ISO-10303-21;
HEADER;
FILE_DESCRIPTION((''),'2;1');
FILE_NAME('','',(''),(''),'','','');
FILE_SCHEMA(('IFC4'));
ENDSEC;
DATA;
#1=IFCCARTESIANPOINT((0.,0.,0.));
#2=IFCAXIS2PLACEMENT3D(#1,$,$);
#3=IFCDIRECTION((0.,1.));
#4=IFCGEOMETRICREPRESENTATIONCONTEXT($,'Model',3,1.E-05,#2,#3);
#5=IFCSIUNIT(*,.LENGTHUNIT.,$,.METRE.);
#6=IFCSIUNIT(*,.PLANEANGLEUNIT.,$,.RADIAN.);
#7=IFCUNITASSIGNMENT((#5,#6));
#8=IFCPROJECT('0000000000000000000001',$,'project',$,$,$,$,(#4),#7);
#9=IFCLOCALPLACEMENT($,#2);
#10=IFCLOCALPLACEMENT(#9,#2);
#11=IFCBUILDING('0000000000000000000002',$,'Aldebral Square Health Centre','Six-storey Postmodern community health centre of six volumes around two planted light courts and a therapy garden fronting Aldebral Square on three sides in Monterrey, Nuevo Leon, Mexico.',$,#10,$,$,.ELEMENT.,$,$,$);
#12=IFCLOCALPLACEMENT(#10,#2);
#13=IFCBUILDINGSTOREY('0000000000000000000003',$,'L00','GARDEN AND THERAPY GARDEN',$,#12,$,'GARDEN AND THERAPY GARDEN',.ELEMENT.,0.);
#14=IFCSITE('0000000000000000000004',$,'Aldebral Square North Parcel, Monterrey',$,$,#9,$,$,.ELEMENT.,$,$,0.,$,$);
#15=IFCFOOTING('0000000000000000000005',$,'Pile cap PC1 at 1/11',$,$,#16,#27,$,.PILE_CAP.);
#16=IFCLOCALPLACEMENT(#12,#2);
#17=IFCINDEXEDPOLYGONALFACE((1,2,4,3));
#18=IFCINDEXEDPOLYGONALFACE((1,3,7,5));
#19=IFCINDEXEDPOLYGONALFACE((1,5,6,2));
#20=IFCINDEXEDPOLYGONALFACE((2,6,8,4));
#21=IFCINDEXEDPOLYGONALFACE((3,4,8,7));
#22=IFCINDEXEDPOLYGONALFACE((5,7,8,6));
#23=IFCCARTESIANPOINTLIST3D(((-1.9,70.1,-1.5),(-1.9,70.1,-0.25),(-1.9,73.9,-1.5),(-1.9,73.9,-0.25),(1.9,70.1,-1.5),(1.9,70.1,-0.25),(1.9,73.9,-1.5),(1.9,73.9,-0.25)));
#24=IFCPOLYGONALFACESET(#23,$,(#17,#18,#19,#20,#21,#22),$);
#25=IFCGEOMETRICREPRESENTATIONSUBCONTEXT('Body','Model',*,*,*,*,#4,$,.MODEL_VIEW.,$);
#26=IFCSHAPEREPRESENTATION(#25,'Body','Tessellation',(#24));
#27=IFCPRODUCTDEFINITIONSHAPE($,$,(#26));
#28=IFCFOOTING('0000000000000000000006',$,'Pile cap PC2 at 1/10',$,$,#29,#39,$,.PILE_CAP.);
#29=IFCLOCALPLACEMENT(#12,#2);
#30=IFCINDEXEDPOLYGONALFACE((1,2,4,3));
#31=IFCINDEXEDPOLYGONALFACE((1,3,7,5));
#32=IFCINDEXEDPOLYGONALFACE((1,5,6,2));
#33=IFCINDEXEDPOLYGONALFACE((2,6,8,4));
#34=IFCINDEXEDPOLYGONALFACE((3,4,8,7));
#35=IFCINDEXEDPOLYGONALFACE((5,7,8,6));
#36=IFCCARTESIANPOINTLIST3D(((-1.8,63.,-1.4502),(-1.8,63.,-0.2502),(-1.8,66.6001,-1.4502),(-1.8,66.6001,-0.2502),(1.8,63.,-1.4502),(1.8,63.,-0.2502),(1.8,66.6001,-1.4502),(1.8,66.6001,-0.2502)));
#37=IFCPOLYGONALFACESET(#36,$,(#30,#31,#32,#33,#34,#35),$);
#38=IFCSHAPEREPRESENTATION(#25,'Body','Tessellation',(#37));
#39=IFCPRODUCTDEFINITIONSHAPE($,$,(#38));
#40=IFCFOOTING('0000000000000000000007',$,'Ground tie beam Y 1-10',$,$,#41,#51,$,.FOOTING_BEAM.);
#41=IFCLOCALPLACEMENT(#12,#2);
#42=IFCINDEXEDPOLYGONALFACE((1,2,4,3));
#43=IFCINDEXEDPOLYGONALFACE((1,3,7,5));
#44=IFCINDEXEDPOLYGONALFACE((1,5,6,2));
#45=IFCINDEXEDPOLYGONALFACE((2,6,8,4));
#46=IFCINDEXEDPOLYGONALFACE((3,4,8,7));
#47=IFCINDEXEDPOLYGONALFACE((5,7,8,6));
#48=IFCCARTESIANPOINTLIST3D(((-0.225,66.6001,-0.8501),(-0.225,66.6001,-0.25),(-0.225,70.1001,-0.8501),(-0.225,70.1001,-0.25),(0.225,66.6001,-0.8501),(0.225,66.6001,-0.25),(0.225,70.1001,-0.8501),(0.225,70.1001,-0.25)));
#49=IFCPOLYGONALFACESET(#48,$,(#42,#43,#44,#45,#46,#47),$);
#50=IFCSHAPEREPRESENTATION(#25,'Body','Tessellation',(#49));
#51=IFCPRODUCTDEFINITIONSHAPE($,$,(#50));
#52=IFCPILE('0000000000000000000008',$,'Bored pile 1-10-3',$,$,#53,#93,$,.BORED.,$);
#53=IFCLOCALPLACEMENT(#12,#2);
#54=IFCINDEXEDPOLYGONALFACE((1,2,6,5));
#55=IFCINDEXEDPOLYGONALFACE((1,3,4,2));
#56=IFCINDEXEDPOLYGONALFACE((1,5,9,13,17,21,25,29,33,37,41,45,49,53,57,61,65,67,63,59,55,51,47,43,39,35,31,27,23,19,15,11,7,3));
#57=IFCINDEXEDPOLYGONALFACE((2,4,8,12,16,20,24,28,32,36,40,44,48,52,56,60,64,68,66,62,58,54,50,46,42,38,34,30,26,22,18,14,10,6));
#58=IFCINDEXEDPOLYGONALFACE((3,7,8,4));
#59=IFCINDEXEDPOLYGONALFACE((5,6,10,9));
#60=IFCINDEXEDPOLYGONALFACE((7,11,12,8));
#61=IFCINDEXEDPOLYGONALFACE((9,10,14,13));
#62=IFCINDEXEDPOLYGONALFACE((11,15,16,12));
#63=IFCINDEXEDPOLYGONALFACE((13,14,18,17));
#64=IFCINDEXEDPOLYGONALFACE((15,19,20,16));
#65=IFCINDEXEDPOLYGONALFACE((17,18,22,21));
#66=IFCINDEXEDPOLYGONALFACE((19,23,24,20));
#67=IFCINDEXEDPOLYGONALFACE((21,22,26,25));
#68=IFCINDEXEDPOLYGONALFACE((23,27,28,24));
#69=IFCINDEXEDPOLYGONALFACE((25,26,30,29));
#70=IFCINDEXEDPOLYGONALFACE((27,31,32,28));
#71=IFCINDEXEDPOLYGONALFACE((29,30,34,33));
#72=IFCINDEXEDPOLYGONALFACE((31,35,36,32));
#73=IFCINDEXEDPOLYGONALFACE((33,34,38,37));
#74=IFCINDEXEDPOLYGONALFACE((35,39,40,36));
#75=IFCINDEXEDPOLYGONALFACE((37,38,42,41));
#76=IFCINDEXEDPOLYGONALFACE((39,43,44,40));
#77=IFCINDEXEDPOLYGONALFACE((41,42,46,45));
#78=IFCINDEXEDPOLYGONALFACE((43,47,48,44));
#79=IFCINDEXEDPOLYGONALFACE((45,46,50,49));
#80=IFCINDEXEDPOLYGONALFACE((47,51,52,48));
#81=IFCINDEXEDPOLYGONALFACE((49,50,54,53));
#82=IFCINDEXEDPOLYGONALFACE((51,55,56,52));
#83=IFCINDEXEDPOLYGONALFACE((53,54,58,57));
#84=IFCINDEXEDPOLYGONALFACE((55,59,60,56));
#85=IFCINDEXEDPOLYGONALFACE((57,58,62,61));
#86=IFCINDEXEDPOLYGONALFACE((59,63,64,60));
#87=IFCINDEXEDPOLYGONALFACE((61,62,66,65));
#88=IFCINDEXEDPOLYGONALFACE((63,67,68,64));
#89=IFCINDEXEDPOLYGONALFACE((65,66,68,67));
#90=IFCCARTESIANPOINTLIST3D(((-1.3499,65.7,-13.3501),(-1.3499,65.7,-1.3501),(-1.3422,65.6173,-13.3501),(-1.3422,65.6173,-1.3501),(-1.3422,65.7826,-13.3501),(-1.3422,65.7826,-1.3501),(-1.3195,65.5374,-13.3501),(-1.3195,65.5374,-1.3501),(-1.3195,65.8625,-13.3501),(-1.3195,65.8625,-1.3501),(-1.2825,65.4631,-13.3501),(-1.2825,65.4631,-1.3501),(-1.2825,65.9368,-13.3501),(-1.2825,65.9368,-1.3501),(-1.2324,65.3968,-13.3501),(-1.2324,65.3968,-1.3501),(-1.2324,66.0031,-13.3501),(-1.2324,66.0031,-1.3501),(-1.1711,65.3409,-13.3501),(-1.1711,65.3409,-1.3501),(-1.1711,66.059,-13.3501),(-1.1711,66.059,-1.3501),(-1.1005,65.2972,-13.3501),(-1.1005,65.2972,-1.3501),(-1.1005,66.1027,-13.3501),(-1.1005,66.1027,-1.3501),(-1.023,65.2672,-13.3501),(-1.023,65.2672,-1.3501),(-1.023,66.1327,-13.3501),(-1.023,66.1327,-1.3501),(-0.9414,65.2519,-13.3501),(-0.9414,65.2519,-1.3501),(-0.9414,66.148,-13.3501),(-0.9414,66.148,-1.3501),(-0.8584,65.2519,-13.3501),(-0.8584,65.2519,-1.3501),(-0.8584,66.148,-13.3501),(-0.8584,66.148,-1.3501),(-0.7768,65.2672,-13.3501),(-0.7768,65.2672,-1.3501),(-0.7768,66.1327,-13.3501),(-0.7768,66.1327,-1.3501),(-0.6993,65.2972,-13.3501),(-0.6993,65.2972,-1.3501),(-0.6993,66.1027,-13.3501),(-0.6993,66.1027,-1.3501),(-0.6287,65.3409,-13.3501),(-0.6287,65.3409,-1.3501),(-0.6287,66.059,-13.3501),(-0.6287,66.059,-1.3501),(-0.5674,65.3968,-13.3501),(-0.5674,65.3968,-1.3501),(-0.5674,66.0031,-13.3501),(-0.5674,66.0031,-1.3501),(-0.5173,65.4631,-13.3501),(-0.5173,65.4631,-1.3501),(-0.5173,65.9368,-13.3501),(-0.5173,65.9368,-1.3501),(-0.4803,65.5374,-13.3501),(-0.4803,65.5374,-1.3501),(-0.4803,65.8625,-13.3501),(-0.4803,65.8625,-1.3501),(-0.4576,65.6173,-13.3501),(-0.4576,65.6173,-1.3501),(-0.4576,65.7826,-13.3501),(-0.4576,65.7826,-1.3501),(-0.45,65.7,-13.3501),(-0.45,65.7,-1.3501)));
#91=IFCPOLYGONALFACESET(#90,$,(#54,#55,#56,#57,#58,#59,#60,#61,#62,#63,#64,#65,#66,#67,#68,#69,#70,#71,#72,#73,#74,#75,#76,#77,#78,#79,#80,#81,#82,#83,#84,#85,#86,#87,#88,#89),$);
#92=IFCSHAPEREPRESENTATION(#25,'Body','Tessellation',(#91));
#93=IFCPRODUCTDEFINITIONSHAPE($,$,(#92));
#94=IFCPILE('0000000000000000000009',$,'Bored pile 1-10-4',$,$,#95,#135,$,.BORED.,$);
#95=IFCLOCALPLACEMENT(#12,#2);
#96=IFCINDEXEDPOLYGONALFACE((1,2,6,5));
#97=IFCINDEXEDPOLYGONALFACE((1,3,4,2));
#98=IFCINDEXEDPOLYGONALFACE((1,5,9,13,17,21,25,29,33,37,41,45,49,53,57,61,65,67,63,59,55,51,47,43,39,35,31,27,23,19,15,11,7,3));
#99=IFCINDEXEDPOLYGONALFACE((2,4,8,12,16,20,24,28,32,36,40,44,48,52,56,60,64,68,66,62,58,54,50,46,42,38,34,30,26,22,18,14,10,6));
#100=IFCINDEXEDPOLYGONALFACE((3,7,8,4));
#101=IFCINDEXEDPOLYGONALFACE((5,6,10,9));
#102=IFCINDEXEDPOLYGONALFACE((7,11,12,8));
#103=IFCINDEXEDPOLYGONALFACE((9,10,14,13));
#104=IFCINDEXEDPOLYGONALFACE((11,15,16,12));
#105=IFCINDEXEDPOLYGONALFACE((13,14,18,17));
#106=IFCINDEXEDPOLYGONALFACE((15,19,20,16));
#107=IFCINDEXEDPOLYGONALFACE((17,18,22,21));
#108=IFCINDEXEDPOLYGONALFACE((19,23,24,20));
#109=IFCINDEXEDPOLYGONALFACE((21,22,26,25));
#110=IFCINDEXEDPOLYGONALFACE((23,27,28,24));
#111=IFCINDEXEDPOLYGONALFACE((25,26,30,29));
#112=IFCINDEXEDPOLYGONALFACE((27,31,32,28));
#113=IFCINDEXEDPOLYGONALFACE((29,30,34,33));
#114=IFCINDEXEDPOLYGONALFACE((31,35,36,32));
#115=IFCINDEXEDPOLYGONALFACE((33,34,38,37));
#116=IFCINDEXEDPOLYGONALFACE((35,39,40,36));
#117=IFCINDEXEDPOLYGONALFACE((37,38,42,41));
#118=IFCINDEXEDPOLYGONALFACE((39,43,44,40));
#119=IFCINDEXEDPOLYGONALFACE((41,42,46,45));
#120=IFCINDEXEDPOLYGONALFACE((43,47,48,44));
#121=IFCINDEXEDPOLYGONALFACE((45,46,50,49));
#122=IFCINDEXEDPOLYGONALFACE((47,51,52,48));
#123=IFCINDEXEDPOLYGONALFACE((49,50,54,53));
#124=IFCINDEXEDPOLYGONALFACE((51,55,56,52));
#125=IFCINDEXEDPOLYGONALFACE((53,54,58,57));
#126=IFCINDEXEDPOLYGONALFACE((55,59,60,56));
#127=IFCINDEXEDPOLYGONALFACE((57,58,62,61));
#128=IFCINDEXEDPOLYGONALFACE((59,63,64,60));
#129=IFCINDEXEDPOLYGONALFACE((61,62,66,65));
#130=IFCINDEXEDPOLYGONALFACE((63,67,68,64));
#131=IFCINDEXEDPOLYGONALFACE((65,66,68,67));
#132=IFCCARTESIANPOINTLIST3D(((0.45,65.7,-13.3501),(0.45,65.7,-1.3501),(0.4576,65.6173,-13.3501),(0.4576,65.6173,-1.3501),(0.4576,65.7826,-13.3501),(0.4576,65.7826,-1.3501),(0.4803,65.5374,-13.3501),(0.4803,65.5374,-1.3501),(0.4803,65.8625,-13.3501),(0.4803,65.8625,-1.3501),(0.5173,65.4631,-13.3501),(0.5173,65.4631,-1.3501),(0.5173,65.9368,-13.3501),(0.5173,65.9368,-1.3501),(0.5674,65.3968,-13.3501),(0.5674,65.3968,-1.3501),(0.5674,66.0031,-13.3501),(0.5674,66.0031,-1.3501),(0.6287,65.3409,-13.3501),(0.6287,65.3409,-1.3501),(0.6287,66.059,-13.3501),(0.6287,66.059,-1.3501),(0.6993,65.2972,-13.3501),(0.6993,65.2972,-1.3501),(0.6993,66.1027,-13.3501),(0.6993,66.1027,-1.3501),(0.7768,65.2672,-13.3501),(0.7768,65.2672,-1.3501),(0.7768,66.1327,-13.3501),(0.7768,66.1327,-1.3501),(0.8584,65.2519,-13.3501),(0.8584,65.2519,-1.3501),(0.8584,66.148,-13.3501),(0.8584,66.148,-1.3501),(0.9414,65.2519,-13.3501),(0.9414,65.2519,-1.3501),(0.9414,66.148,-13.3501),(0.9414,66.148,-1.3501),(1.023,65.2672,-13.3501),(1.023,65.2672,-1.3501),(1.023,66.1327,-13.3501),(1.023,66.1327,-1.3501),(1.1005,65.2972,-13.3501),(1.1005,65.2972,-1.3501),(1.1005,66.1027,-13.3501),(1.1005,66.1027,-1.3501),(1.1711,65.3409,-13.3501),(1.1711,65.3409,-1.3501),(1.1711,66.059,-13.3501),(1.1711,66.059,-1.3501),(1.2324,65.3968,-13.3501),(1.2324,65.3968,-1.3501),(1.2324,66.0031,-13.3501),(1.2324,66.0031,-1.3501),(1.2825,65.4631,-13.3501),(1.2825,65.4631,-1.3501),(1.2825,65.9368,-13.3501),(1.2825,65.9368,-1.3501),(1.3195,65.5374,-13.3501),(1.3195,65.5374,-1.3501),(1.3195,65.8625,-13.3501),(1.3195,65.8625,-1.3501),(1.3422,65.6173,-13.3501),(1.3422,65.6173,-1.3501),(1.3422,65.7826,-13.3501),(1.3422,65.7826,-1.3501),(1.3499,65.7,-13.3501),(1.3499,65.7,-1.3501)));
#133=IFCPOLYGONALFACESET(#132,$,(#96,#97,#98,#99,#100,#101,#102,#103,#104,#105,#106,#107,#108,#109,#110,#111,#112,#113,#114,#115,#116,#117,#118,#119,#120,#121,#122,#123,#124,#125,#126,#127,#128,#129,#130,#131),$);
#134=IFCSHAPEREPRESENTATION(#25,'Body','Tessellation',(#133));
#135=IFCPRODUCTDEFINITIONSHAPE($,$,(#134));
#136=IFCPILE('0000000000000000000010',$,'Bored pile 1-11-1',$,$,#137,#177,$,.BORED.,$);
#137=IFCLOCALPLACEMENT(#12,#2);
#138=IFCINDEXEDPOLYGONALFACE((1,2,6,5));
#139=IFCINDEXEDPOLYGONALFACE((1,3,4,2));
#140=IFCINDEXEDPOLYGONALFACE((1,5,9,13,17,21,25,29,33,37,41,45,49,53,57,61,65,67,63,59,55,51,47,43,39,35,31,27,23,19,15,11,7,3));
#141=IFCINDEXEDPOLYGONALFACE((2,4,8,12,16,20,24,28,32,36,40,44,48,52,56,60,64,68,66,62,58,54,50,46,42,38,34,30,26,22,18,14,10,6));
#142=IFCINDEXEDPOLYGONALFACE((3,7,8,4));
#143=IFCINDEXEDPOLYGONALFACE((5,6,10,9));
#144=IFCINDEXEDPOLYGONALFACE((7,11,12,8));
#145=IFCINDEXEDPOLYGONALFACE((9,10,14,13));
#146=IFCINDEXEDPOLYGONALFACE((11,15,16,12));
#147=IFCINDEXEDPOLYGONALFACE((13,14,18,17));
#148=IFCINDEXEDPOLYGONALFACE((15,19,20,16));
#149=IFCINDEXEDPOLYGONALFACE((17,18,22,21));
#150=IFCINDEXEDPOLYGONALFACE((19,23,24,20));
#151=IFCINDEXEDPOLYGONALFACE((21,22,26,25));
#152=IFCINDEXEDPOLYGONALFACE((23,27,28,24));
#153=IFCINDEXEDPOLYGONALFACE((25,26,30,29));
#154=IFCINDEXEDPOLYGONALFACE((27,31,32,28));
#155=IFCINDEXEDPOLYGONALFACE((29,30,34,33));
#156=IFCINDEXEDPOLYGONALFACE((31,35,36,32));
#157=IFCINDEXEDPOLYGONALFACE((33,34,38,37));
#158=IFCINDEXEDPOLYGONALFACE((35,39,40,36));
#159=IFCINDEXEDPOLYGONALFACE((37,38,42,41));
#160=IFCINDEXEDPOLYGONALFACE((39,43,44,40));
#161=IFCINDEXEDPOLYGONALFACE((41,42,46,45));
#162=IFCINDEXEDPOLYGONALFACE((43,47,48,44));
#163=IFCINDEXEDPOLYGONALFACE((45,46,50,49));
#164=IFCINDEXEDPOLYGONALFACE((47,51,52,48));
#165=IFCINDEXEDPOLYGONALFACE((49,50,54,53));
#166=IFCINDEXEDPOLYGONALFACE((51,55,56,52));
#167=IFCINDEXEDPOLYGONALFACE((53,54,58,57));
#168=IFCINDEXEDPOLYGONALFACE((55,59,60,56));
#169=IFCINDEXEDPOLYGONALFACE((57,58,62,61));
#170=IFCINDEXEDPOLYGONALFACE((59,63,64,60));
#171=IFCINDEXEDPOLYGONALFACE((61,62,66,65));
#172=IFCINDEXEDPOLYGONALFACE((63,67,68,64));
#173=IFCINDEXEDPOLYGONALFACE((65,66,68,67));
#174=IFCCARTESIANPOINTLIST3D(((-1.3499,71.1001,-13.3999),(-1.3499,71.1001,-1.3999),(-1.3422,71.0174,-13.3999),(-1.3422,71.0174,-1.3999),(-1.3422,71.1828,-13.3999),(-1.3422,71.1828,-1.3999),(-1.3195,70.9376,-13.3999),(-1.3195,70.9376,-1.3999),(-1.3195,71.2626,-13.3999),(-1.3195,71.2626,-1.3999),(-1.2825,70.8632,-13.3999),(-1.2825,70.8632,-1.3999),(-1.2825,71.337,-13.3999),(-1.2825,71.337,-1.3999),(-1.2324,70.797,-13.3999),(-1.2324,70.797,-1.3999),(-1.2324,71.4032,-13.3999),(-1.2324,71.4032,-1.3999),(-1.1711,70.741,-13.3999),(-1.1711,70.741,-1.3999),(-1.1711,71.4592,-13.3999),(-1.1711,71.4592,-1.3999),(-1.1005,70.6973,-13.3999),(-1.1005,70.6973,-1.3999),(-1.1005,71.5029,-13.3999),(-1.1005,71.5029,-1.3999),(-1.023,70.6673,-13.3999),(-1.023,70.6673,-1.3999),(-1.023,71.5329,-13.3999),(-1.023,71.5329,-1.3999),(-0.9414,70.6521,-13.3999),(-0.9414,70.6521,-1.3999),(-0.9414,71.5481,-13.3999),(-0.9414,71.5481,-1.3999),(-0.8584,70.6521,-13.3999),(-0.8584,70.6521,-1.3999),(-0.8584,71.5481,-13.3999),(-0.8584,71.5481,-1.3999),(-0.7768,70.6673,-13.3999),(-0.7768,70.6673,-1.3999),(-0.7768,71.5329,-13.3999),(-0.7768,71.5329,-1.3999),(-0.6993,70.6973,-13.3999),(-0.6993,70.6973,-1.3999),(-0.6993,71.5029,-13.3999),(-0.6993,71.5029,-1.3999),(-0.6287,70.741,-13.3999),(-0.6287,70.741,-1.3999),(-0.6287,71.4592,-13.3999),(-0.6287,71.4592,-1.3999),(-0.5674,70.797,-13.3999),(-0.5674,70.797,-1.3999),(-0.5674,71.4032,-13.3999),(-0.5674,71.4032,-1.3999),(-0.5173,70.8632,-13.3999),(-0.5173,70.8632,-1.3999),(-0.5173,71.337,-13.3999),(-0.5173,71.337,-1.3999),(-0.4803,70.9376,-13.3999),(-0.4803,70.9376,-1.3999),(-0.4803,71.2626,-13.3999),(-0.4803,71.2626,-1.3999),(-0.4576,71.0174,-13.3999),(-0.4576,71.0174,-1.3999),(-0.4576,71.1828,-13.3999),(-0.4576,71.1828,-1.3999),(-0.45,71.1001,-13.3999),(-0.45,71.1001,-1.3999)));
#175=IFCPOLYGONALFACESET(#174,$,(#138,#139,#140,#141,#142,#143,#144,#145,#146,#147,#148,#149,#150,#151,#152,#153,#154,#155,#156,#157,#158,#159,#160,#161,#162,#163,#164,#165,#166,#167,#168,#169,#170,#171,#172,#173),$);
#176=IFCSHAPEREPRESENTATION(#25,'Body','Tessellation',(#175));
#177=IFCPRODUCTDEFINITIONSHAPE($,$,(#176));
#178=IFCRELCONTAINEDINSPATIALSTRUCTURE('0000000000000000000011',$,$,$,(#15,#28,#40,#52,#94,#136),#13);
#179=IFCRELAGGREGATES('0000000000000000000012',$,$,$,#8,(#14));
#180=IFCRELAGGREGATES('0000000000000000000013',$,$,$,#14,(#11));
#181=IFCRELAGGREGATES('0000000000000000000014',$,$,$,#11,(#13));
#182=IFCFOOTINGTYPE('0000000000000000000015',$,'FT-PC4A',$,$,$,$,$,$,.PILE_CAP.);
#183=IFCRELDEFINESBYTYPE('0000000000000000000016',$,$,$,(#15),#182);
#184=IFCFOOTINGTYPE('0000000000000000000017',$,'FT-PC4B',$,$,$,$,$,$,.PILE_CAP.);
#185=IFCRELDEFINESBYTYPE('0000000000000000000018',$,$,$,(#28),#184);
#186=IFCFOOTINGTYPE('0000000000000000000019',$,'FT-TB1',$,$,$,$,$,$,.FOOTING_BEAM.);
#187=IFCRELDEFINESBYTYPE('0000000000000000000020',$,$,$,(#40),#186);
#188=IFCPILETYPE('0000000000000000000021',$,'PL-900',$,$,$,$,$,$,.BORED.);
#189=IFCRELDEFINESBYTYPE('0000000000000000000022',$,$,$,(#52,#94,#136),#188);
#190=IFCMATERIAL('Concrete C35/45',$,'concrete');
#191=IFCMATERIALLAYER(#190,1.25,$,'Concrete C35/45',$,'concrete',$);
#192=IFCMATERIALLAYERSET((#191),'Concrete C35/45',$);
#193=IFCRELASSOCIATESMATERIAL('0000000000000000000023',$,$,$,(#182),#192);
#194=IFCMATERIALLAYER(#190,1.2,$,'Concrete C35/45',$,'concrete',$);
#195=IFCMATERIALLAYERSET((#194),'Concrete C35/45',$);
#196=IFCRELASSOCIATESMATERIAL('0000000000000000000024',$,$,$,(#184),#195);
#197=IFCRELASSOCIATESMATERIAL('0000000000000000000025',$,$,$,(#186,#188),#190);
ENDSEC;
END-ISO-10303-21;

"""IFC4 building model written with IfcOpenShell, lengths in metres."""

from ifc_helpers import new_model, si_unit, direction, frame, origin, origin_2d, place, context, subcontext, project, spatial, rectangle, circle, extrude, material, layer, layer_set, material_profile, profile_set, type_object, element, save


model = new_model("IFC4")

# Units and contexts
model_context = context("Model", 3, precision=1e-05, world=origin(), true_north=direction((0.0, 1.0)))
body_context = subcontext(model_context, "Body", "Model", "MODEL_VIEW")
ifc_project = project(units=[si_unit("LENGTHUNIT", "METRE"), si_unit("PLANEANGLEUNIT", "RADIAN")], contexts=[model_context])

# Site, building, storey
site_placement = place(None, origin())
site = spatial("IfcSite", under=ifc_project, at=site_placement, Name="Aldebral Square North Parcel, Monterrey", CompositionType="ELEMENT", RefElevation=0.0)
building_placement = place(site_placement, origin())
building = spatial("IfcBuilding", under=site, at=building_placement, Name="Aldebral Square Health Centre", Description="Six-storey Postmodern community health centre of six volumes around two planted light courts and a therapy garden fronting Aldebral Square on three sides in Monterrey, Nuevo Leon, Mexico.", CompositionType="ELEMENT")
storey_placement = place(building_placement, origin())
storey = spatial("IfcBuildingStorey", under=building, at=storey_placement, Name="L00", Description="GARDEN AND THERAPY GARDEN", LongName="GARDEN AND THERAPY GARDEN", CompositionType="ELEMENT", Elevation=0.0)

# Footings
ifc_material_1 = material(Name="Concrete C35/45", Category="concrete")
ifc_layer_1 = layer(ifc_material_1, 1.25, Name="Concrete C35/45", Category="concrete")
ifc_layer_set_1 = layer_set([ifc_layer_1], Name="Concrete C35/45")
footing_type_1 = type_object("IfcFootingType", Name="FT-PC4A", PredefinedType="PILE_CAP", material=ifc_layer_set_1)
footing_1_placement = place(storey_placement, frame((0.0, 72.0, -1.5), z_axis=(0.0, 0.0, 1.0), x_axis=(1.0, 0.0, 0.0)))
element("IfcFooting", 1, at=footing_1_placement, inside=storey, type_object=footing_type_1, Name="Pile cap PC1 at 1/11", PredefinedType="PILE_CAP", context=body_context, shape_type="SweptSolid", body=[
    extrude(rectangle(XDim=3.8, YDim=3.8, at=origin_2d()), origin(), (0.0, 0.0, 1.0), 1.25),
])
ifc_layer_2 = layer(ifc_material_1, 1.2, Name="Concrete C35/45", Category="concrete")
ifc_layer_set_2 = layer_set([ifc_layer_2], Name="Concrete C35/45")
footing_type_2 = type_object("IfcFootingType", Name="FT-PC4B", PredefinedType="PILE_CAP", material=ifc_layer_set_2)
footing_2_placement = place(storey_placement, frame((0.0, 64.8, -1.4502), z_axis=(0.0, 0.0, 1.0), x_axis=(1.0, 0.0, 0.0)))
element("IfcFooting", 2, at=footing_2_placement, inside=storey, type_object=footing_type_2, Name="Pile cap PC2 at 1/10", PredefinedType="PILE_CAP", context=body_context, shape_type="SweptSolid", body=[
    extrude(rectangle(XDim=3.6001, YDim=3.6001, at=origin_2d()), origin(), (0.0, 0.0, 1.0), 1.2),
])
ifc_material_profile_1 = material_profile(ifc_material_1, rectangle(XDim=0.45, YDim=0.6001, at=origin_2d()), Name="RC 450x600")
ifc_profile_set_1 = profile_set([ifc_material_profile_1], Name="Concrete C35/45")
footing_type_3 = type_object("IfcFootingType", Name="FT-TB1", PredefinedType="FOOTING_BEAM", material=ifc_profile_set_1)
footing_3_placement = place(storey_placement, frame((0.0, 66.6001, -0.55), z_axis=(0.0, 1.0, 0.0), x_axis=(-1.0, 0.0, 0.0)))
element("IfcFooting", 3, at=footing_3_placement, inside=storey, type_object=footing_type_3, Name="Ground tie beam Y 1-10", PredefinedType="FOOTING_BEAM", context=body_context, shape_type="SweptSolid", body=[
    extrude(rectangle(XDim=0.45, YDim=0.6001, at=origin_2d()), origin(), (0.0, 0.0, 1.0), 3.5),
])

# Piles
ifc_material_profile_2 = material_profile(ifc_material_1, circle(Radius=0.45, at=origin_2d()), Name="PILE D900")
ifc_profile_set_2 = profile_set([ifc_material_profile_2], Name="Concrete C35/45")
pile_type = type_object("IfcPileType", Name="PL-900", PredefinedType="BORED", material=ifc_profile_set_2)
for number, where, z_axis, x_axis, name in (
    (4, (-0.8999, 65.7, -1.3501), (0.0, 0.0, -1.0), (1.0, 0.0, 0.0), "Bored pile 1-10-3"),
    (5, (0.8999, 65.7, -1.3501), (0.0, 0.0, -1.0), (1.0, 0.0, 0.0), "Bored pile 1-10-4"),
    (6, (-0.8999, 71.1001, -1.3999), (0.0, 0.0, -1.0), (1.0, 0.0, 0.0), "Bored pile 1-11-1"),
):
    element("IfcPile", number, at=place(storey_placement, frame(where, z_axis=z_axis, x_axis=x_axis)), inside=storey, type_object=pile_type, Name=name, PredefinedType="BORED", context=body_context, shape_type="SweptSolid", body=[
        extrude(circle(Radius=0.45, at=origin_2d()), origin(), (0.0, 0.0, 1.0), 12.0),
    ])

save(model, "model.ifc")
